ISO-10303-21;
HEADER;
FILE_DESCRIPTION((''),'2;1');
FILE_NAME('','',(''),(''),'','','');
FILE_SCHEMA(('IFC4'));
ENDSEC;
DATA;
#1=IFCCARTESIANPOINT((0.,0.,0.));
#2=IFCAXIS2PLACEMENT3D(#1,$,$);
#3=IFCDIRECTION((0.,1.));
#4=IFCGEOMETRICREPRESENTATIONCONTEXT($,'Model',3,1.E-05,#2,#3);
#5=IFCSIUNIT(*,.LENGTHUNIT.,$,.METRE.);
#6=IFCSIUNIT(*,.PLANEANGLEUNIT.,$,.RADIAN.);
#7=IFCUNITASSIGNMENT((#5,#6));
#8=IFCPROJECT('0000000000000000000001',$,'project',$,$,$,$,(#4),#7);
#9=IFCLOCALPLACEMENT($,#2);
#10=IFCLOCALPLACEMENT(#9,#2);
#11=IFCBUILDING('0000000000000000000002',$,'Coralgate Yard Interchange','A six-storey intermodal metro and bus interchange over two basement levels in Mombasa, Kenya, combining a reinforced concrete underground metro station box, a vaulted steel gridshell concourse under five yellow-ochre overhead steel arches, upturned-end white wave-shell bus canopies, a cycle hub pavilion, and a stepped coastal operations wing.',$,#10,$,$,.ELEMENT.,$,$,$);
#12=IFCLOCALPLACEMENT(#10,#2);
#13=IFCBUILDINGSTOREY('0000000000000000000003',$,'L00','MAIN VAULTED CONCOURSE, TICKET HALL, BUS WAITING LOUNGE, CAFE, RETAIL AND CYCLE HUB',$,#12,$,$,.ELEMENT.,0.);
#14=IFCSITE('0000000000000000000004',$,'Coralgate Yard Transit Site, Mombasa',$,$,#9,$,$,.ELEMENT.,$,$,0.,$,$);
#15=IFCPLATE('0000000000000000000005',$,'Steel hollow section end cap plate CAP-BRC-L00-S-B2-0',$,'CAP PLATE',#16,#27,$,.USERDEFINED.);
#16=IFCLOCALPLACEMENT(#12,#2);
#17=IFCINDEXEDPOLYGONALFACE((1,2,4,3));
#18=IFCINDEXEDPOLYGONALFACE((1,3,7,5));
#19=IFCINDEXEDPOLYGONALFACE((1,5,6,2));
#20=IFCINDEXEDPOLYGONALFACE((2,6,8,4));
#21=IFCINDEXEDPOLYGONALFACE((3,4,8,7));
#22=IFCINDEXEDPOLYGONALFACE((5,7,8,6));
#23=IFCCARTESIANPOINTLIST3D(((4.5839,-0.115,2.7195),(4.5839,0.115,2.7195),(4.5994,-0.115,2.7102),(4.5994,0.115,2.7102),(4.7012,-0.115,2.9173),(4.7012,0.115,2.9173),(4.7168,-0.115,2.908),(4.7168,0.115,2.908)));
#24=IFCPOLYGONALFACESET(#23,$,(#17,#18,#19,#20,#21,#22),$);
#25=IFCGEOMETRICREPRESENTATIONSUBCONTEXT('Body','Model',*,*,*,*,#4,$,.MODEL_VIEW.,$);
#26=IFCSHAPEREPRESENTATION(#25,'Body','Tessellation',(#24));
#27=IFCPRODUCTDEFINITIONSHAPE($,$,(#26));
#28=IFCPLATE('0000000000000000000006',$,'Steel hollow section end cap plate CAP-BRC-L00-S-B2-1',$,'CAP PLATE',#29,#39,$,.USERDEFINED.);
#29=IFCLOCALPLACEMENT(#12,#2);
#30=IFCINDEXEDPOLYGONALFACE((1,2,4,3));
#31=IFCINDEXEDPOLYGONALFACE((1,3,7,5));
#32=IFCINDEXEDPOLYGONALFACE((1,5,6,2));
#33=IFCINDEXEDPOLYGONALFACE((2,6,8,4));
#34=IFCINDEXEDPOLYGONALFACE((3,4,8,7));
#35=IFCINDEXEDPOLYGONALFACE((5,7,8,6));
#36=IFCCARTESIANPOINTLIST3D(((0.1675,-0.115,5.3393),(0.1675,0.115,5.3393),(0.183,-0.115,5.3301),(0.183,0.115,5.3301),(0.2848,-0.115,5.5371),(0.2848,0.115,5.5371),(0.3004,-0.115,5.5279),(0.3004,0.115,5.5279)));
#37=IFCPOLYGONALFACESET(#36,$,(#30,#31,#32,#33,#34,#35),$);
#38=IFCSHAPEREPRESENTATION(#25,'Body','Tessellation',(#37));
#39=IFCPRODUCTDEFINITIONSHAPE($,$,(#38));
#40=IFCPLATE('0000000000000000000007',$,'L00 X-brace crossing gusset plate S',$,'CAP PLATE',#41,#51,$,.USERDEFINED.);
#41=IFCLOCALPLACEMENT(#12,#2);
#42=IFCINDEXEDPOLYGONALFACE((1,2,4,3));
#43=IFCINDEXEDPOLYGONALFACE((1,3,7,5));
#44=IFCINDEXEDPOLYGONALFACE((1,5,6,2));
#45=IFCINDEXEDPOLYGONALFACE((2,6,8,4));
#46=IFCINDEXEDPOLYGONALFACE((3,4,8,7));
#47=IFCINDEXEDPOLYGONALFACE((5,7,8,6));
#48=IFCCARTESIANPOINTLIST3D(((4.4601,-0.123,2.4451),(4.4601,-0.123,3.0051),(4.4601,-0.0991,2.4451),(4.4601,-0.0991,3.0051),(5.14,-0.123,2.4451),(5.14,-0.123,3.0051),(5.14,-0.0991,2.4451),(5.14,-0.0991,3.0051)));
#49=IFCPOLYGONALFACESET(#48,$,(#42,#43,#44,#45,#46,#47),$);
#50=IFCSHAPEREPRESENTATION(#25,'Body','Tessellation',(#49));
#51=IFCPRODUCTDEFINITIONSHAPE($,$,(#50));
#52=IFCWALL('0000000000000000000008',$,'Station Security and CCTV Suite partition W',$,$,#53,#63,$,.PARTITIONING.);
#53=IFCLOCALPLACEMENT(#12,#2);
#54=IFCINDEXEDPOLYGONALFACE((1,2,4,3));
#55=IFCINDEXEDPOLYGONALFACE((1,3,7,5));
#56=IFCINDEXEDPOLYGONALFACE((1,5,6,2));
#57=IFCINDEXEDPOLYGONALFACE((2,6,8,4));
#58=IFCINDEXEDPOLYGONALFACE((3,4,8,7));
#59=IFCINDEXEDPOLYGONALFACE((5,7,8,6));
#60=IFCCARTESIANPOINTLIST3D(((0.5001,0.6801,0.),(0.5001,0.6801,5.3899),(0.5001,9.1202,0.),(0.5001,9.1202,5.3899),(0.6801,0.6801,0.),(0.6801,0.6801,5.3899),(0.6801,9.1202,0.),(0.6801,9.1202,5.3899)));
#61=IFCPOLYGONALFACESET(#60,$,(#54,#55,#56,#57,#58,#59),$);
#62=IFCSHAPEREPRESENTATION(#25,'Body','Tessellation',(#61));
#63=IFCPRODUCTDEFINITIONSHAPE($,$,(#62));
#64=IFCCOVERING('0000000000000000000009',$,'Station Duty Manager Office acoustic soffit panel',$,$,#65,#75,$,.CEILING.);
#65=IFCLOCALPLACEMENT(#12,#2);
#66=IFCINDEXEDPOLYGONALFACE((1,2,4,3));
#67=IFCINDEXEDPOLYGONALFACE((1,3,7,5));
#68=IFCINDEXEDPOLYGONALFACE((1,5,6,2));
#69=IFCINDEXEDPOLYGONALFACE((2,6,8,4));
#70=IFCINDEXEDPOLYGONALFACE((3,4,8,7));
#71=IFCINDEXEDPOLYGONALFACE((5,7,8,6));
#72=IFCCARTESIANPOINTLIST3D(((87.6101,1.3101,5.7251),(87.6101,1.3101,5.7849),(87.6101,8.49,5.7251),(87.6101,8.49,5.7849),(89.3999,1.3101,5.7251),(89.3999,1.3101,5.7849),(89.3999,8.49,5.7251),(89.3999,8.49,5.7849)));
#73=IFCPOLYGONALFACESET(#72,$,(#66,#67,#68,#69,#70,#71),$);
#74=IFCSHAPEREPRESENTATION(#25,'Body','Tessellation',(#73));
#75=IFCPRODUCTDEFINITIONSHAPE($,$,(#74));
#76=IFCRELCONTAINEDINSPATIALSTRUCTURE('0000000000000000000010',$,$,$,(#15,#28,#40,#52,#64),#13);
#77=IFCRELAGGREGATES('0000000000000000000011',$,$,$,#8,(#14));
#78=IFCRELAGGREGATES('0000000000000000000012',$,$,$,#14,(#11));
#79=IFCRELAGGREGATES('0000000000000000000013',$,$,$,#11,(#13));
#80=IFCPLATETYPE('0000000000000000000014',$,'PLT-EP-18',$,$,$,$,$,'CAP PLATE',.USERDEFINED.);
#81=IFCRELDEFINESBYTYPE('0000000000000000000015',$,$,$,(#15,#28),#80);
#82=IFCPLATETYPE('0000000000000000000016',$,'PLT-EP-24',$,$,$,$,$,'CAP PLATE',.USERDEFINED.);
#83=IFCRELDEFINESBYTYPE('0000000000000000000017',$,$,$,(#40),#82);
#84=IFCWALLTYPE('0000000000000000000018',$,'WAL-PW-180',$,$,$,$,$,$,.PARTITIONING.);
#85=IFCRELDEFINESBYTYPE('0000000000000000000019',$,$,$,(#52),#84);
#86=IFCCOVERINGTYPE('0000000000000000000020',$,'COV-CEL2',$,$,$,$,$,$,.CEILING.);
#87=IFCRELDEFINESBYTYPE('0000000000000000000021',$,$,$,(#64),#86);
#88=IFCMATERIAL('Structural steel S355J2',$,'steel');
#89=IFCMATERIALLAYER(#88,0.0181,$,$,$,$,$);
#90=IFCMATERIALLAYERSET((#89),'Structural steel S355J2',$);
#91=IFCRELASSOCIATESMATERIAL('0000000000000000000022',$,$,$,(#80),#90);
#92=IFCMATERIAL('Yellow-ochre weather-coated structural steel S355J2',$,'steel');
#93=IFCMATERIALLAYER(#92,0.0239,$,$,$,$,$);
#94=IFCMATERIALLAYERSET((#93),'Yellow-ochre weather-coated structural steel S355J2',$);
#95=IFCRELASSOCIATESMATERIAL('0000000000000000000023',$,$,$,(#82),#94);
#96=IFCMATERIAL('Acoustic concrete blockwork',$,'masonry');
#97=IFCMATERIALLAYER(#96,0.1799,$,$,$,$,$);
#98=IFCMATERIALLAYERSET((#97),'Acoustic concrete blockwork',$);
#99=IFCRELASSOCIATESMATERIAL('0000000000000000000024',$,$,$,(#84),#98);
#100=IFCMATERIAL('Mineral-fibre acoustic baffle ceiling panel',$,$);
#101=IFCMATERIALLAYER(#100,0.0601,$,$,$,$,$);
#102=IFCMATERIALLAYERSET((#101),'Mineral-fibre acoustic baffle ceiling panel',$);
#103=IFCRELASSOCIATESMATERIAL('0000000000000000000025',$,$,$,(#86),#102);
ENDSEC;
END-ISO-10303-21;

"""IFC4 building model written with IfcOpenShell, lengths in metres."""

from ifc_helpers import new_model, si_unit, direction, frame, frame_2d, origin, origin_2d, place, context, subcontext, project, spatial, polyline, rectangle, outline, extrude, material, layer, layer_set, type_object, element, save


model = new_model("IFC4")

# Units and contexts
model_context = context("Model", 3, precision=1e-05, world=origin(), true_north=direction((0.0, 1.0)))
body_context = subcontext(model_context, "Body", "Model", "MODEL_VIEW")
ifc_project = project(units=[si_unit("LENGTHUNIT", "METRE"), si_unit("PLANEANGLEUNIT", "RADIAN")], contexts=[model_context])

# Site, building, storey
site_placement = place(None, origin())
site = spatial("IfcSite", under=ifc_project, at=site_placement, Name="Coralgate Yard Transit Site, Mombasa", CompositionType="ELEMENT", RefElevation=0.0)
building_placement = place(site_placement, origin())
building = spatial("IfcBuilding", under=site, at=building_placement, Name="Coralgate Yard Interchange", Description="A six-storey intermodal metro and bus interchange over two basement levels in Mombasa, Kenya, combining a reinforced concrete underground metro station box, a vaulted steel gridshell concourse under five yellow-ochre overhead steel arches, upturned-end white wave-shell bus canopies, a cycle hub pavilion, and a stepped coastal operations wing.", CompositionType="ELEMENT")
storey_placement = place(building_placement, origin())
storey = spatial("IfcBuildingStorey", under=building, at=storey_placement, Name="L00", Description="MAIN VAULTED CONCOURSE, TICKET HALL, BUS WAITING LOUNGE, CAFE, RETAIL AND CYCLE HUB", CompositionType="ELEMENT", Elevation=0.0)

# Shared definitions
ifc_material_1 = material(Name="Structural steel S355J2", Category="steel")

# Plates
ifc_layer_1 = layer(ifc_material_1, 0.0181)
ifc_layer_set_1 = layer_set([ifc_layer_1], Name="Structural steel S355J2")
plate_type_1 = type_object("IfcPlateType", Name="PLT-EP-18", ElementType="CAP PLATE", PredefinedType="USERDEFINED", material=ifc_layer_set_1)
for number, where, z_axis, x_axis, name in (
    (1, (4.6426, 0.0, 2.8184), (0.860062, 0.0, -0.51019), (0.0, 1.0, 0.0), "Steel hollow section end cap plate CAP-BRC-L00-S-B2-0"),
    (2, (0.2417, 0.0, 5.429), (-0.860062, 0.0, 0.51019), (0.0, -1.0, 0.0), "Steel hollow section end cap plate CAP-BRC-L00-S-B2-1"),
):
    element("IfcPlate", number, at=place(storey_placement, frame(where, z_axis=z_axis, x_axis=x_axis)), inside=storey, type_object=plate_type_1, Name=name, ObjectType="CAP PLATE", PredefinedType="USERDEFINED", context=body_context, shape_type="SweptSolid", body=[
        extrude(rectangle(XDim=0.23, YDim=0.23, at=origin_2d()), origin(), (0.0, 0.0, 1.0), 0.0181),
    ])
ifc_material_2 = material(Name="Yellow-ochre weather-coated structural steel S355J2", Category="steel")
ifc_layer_2 = layer(ifc_material_2, 0.0239)
ifc_layer_set_2 = layer_set([ifc_layer_2], Name="Yellow-ochre weather-coated structural steel S355J2")
plate_type_2 = type_object("IfcPlateType", Name="PLT-EP-24", ElementType="CAP PLATE", PredefinedType="USERDEFINED", material=ifc_layer_set_2)
plate_1_placement = place(storey_placement, frame((4.8, -0.1111, 2.4451), z_axis=(0.0, 0.0, 1.0), x_axis=(1.0, 0.0, 0.0)))
element("IfcPlate", 3, at=plate_1_placement, inside=storey, type_object=plate_type_2, Name="L00 X-brace crossing gusset plate S", ObjectType="CAP PLATE", PredefinedType="USERDEFINED", context=body_context, shape_type="SweptSolid", body=[
    extrude(rectangle(XDim=0.6799, YDim=0.0239, at=origin_2d()), origin(), (0.0, 0.0, 1.0), 0.5601),
])

# Wall
ifc_material_3 = material(Name="Acoustic concrete blockwork", Category="masonry")
ifc_layer_3 = layer(ifc_material_3, 0.1799)
ifc_layer_set_3 = layer_set([ifc_layer_3], Name="Acoustic concrete blockwork")
wall_type = type_object("IfcWallType", Name="WAL-PW-180", PredefinedType="PARTITIONING", material=ifc_layer_set_3)
wall_placement = place(storey_placement, frame((0.5901, 0.6799, 0.0), z_axis=(0.0, 0.0, 1.0), x_axis=(0.0, 1.0, 0.0)))
element("IfcWall", 4, at=wall_placement, inside=storey, type_object=wall_type, Name="Station Security and CCTV Suite partition W", PredefinedType="PARTITIONING", context=body_context, shape_type="SweptSolid", body=[
    extrude(rectangle(XDim=8.4402, YDim=0.1799, at=frame_2d((4.2202, 0.0))), origin(), (0.0, 0.0, 1.0), 5.3899),
])

# Covering
ifc_material_4 = material(Name="Mineral-fibre acoustic baffle ceiling panel")
ifc_layer_4 = layer(ifc_material_4, 0.0601)
ifc_layer_set_4 = layer_set([ifc_layer_4], Name="Mineral-fibre acoustic baffle ceiling panel")
covering_type = type_object("IfcCoveringType", Name="COV-CEL2", PredefinedType="CEILING", material=ifc_layer_set_4)
covering_placement = place(storey_placement, frame((0.0, 0.0, 5.7251)))
element("IfcCovering", 5, at=covering_placement, inside=storey, type_object=covering_type, Name="Station Duty Manager Office acoustic soffit panel", PredefinedType="CEILING", context=body_context, shape_type="SweptSolid", body=[
    extrude(outline(polyline([(87.6101, 1.3101), (89.3999, 1.3101), (89.3999, 8.49), (87.6101, 8.49), (87.6101, 1.3101)])), origin(), (0.0, 0.0, 1.0), 0.0598),
])

save(model, "model.ifc")
